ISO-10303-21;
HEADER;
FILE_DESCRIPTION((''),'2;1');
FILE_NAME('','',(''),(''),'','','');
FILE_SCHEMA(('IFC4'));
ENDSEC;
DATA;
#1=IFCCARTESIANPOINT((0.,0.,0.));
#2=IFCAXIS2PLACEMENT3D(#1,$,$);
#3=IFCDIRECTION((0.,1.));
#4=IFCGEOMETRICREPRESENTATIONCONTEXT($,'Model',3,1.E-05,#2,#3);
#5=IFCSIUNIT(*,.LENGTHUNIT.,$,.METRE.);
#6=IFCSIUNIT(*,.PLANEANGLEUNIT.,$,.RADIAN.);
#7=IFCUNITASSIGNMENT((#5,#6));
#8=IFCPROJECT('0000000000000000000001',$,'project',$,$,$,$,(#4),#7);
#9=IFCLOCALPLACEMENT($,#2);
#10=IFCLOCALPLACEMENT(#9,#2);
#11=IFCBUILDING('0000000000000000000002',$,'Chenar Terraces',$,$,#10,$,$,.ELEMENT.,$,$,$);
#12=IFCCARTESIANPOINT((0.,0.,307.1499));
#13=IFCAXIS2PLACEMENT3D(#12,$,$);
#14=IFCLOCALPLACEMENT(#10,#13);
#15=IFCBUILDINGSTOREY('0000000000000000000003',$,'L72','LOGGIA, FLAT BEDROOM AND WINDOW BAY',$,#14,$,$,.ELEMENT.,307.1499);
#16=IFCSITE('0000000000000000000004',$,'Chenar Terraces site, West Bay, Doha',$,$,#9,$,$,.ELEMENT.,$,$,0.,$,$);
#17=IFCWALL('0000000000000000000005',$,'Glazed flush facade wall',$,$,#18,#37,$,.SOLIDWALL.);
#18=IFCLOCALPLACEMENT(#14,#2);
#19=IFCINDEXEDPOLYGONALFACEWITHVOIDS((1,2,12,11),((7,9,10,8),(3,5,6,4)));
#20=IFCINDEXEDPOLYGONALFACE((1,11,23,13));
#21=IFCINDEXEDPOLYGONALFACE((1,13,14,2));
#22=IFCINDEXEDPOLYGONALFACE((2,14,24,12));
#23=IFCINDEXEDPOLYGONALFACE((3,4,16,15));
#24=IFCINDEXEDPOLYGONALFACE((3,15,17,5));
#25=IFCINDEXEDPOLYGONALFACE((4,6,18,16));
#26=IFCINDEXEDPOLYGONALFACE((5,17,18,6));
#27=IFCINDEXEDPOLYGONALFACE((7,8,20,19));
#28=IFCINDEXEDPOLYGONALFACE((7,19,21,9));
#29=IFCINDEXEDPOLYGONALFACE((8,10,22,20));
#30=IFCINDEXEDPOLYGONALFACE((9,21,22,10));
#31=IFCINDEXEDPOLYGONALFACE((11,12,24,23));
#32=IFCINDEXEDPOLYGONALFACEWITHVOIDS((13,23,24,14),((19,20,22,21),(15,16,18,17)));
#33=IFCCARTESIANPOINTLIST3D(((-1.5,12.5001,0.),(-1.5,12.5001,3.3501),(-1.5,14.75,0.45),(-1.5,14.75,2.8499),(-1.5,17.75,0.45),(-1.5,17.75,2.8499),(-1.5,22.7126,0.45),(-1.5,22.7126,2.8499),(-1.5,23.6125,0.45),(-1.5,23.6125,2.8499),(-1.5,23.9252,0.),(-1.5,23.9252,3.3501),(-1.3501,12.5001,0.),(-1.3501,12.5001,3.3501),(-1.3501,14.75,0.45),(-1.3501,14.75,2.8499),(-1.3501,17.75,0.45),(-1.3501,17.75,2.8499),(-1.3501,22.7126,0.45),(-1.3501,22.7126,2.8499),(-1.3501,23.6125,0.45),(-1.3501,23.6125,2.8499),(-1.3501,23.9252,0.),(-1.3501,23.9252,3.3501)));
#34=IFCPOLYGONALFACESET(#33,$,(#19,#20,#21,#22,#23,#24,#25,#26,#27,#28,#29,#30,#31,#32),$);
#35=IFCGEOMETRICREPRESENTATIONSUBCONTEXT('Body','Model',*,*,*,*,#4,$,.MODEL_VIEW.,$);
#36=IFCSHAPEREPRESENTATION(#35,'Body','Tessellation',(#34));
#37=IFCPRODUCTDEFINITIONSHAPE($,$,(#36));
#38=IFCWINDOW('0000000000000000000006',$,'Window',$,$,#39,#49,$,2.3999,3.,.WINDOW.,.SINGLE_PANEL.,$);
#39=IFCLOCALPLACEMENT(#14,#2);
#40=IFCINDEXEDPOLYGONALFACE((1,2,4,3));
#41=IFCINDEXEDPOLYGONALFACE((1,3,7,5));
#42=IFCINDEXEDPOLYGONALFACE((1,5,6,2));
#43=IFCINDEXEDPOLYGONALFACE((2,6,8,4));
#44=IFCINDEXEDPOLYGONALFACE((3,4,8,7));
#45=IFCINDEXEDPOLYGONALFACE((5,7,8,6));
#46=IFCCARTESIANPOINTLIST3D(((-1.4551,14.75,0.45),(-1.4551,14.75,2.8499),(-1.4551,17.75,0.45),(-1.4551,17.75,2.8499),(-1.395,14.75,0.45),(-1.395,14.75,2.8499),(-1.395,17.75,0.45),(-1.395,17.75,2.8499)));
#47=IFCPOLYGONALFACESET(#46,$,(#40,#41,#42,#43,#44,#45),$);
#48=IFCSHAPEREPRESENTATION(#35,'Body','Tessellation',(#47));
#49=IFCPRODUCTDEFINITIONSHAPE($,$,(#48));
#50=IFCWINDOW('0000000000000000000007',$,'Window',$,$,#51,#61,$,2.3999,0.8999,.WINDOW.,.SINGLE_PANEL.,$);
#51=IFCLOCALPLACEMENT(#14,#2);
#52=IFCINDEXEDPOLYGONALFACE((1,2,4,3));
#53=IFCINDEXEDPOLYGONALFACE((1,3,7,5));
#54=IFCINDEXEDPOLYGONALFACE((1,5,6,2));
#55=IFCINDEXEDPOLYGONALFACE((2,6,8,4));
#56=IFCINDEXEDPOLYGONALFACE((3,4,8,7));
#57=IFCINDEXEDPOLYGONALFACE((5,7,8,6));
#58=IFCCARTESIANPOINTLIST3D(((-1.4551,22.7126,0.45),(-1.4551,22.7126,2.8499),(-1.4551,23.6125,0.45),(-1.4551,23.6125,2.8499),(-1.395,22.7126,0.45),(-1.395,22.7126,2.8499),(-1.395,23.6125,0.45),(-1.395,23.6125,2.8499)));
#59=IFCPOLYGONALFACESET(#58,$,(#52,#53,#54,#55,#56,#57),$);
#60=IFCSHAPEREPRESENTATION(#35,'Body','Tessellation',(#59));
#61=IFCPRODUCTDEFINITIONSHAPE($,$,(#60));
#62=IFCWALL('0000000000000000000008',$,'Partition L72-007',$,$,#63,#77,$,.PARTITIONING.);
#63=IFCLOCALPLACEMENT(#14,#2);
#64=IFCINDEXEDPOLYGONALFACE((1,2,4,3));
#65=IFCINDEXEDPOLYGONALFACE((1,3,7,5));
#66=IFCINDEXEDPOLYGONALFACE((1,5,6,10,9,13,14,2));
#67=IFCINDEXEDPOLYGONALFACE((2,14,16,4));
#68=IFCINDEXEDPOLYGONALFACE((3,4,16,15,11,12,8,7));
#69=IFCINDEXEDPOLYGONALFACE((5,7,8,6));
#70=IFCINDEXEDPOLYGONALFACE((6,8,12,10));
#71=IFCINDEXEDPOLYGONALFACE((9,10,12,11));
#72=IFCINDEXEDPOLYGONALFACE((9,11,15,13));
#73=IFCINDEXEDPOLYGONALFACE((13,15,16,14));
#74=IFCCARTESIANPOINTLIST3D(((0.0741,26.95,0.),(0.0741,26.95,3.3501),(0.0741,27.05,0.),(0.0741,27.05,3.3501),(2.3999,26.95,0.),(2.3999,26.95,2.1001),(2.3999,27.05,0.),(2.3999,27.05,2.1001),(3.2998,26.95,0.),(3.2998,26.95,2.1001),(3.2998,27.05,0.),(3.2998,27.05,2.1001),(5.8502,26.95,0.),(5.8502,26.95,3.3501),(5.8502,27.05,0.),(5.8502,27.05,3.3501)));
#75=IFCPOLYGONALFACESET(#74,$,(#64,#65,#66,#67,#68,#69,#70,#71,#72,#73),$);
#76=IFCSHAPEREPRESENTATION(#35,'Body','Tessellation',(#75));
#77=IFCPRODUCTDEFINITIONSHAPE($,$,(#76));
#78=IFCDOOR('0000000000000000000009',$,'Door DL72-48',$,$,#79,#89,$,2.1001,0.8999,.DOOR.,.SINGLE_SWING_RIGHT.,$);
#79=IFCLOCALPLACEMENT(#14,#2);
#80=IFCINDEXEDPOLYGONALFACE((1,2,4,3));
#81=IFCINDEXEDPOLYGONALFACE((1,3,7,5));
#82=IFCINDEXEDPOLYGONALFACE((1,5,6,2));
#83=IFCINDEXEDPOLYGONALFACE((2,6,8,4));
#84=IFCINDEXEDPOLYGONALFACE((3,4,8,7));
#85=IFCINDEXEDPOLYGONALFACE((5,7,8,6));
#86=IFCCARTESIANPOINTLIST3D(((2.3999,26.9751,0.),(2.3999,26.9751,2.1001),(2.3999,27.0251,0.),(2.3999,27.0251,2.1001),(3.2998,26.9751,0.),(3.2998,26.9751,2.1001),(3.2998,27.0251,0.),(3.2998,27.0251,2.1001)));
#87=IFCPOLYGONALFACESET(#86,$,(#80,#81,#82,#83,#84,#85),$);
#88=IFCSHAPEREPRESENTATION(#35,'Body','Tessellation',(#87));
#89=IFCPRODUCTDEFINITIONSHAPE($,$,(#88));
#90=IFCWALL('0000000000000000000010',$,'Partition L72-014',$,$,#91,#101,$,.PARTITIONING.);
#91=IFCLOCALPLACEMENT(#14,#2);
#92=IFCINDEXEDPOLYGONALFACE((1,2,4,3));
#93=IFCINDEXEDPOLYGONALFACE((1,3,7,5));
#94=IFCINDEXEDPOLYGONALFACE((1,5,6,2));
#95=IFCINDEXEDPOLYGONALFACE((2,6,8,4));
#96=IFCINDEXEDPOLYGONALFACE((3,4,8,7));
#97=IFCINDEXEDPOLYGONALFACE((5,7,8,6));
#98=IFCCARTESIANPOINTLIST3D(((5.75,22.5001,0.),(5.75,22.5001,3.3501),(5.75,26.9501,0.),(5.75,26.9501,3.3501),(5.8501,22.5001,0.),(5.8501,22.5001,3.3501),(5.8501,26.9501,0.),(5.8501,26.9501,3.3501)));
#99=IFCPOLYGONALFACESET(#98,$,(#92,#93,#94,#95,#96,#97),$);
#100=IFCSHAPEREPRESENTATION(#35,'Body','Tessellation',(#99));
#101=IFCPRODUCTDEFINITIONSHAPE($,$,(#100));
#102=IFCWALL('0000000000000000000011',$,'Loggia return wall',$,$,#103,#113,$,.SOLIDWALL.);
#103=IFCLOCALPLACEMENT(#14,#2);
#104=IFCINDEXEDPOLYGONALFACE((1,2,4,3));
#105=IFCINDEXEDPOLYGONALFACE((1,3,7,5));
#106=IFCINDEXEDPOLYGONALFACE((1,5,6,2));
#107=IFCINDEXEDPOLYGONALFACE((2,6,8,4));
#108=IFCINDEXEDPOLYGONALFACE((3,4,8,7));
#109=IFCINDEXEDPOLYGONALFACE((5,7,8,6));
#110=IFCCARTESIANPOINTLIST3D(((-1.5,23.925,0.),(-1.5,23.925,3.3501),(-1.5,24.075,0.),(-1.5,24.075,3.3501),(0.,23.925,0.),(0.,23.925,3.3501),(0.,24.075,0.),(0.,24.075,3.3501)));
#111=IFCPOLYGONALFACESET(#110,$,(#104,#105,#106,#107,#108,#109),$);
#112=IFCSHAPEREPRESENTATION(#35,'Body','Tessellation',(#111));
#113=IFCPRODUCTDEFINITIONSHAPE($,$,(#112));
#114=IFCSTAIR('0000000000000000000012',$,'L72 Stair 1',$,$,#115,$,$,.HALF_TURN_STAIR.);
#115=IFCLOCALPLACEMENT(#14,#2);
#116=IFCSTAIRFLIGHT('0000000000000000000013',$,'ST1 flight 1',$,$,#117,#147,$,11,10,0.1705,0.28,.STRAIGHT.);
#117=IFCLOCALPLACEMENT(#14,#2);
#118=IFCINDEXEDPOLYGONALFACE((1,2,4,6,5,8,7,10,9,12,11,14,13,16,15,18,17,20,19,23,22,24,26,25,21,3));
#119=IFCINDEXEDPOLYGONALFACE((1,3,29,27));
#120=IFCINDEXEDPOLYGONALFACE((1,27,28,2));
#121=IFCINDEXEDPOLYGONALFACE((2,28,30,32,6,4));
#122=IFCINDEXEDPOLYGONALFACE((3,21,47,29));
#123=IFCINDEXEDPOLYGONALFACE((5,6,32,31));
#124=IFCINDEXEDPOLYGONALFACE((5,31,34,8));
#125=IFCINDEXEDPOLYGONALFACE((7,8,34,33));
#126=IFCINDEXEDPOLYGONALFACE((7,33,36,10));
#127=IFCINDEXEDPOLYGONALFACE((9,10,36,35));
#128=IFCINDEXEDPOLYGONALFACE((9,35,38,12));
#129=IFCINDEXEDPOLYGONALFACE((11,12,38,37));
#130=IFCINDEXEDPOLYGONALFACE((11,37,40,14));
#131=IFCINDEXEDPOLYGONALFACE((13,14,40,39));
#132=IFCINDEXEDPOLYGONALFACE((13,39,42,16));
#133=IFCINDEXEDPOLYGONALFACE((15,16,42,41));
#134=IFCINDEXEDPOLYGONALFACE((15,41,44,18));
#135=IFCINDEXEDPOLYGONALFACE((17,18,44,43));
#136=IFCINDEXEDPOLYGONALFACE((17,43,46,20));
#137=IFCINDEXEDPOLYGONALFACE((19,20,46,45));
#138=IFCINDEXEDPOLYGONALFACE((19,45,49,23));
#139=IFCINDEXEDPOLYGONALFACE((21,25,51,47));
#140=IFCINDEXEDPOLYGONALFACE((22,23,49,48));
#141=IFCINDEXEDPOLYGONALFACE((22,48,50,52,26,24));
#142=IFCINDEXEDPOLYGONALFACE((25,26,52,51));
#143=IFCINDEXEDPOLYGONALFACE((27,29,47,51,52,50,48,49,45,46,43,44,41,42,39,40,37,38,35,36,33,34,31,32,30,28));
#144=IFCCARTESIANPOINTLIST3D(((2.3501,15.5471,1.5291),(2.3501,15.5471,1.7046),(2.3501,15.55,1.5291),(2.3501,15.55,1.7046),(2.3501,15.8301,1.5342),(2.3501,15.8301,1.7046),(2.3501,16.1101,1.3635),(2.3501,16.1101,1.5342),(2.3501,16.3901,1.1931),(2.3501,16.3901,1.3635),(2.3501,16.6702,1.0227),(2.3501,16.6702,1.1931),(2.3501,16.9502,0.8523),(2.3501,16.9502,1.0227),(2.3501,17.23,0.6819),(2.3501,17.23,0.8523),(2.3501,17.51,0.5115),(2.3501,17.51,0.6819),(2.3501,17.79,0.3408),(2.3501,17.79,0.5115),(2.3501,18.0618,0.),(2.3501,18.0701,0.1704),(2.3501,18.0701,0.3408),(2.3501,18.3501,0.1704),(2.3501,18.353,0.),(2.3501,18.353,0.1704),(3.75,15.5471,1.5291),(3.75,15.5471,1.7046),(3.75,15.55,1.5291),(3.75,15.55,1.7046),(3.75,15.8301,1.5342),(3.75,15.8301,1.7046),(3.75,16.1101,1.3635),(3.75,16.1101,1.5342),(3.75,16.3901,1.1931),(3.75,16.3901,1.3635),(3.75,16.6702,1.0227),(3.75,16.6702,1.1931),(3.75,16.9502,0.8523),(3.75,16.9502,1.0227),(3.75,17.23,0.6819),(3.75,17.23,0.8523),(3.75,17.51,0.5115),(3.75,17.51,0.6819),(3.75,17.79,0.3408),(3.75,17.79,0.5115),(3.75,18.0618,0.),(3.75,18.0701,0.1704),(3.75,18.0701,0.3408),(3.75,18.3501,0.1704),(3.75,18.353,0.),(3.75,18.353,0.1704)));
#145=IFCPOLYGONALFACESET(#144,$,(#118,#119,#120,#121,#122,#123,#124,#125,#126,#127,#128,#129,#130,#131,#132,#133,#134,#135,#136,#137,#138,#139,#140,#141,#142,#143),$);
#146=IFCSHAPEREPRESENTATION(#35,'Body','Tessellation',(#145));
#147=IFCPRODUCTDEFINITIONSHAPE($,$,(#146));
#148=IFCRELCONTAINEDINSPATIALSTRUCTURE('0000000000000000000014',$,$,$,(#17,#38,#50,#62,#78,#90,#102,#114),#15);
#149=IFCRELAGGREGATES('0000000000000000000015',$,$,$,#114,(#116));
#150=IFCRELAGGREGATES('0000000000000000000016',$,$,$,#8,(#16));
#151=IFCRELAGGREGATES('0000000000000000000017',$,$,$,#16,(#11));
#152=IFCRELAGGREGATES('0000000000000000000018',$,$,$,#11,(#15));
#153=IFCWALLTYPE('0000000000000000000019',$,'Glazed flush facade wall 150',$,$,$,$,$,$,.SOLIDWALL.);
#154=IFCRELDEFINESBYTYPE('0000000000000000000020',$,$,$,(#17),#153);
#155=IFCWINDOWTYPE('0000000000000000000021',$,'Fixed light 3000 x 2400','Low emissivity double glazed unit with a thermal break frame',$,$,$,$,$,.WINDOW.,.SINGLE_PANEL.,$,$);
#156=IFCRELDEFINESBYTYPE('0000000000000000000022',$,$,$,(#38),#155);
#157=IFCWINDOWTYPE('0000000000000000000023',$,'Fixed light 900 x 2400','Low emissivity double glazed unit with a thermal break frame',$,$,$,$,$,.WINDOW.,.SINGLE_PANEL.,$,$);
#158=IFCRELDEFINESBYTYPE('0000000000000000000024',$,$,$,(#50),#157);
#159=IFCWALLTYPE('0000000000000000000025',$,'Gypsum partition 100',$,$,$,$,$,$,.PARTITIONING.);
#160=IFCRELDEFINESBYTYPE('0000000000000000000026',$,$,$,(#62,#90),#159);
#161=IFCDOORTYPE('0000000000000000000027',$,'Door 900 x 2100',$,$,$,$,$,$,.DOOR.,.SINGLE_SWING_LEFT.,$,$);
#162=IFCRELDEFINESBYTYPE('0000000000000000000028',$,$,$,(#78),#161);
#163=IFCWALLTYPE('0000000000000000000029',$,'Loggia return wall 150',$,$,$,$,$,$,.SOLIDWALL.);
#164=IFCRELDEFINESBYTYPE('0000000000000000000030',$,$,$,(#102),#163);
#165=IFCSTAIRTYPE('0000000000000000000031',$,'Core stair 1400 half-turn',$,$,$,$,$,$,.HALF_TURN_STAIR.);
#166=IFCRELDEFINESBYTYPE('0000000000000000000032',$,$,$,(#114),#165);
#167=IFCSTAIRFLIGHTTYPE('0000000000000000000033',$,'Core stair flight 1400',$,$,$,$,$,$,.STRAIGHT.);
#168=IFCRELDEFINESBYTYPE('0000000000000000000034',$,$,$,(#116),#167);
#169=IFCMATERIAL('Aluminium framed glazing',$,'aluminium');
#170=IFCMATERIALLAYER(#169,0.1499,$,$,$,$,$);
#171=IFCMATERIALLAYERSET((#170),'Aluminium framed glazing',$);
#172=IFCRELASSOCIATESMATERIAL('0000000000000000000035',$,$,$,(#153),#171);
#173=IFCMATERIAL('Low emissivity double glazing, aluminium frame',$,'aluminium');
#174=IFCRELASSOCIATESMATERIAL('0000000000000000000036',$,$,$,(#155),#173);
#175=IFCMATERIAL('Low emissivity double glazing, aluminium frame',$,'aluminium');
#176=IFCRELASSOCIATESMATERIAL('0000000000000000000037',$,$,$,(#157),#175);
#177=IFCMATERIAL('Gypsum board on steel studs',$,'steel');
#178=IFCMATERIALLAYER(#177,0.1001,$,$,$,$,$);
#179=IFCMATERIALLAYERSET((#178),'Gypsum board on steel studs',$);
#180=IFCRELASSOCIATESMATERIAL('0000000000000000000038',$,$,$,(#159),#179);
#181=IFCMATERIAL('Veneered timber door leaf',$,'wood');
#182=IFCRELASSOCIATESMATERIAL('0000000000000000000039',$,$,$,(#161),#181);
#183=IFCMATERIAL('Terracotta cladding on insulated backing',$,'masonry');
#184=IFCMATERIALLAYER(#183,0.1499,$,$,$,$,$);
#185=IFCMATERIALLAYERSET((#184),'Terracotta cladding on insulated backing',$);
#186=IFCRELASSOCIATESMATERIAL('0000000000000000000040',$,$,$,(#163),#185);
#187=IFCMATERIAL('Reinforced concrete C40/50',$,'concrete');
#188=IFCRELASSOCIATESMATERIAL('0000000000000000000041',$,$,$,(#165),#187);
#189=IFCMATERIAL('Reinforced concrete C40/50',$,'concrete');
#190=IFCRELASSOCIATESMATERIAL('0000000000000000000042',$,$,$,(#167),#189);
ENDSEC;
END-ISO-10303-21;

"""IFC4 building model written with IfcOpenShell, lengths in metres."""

from ifc_helpers import new_model, si_unit, direction, frame, frame_2d, origin, place, context, subcontext, project, spatial, polyline, rectangle, outline, extrude, material, layer, layer_set, type_object, element, fill, aggregate, save


model = new_model("IFC4")

# Units and contexts
model_context = context("Model", 3, precision=1e-05, world=origin(), true_north=direction((0.0, 1.0)))
body_context = subcontext(model_context, "Body", "Model", "MODEL_VIEW")
ifc_project = project(units=[si_unit("LENGTHUNIT", "METRE"), si_unit("PLANEANGLEUNIT", "RADIAN")], contexts=[model_context])

# Site, building, storey
site_placement = place(None, origin())
site = spatial("IfcSite", under=ifc_project, at=site_placement, Name="Chenar Terraces site, West Bay, Doha", CompositionType="ELEMENT", RefElevation=0.0)
building_placement = place(site_placement, origin())
building = spatial("IfcBuilding", under=site, at=building_placement, Name="Chenar Terraces", CompositionType="ELEMENT")
storey_placement = place(building_placement, frame((0.0, 0.0, 307.1499)))
storey = spatial("IfcBuildingStorey", under=building, at=storey_placement, Name="L72", Description="LOGGIA, FLAT BEDROOM AND WINDOW BAY", CompositionType="ELEMENT", Elevation=307.1499)

# Wall, openings, windows
ifc_material_1 = material(Name="Aluminium framed glazing", Category="aluminium")
ifc_layer_1 = layer(ifc_material_1, 0.1499)
ifc_layer_set_1 = layer_set([ifc_layer_1], Name="Aluminium framed glazing")
wall_type_1 = type_object("IfcWallType", Name="Glazed flush facade wall 150", PredefinedType="SOLIDWALL", material=ifc_layer_set_1)
wall_1_placement = place(storey_placement, frame((-1.425, 23.925, 0.0), z_axis=(0.0, 0.0, 1.0), x_axis=(0.0, -1.0, 0.0)))
wall_1 = element("IfcWall", 1, at=wall_1_placement, inside=storey, type_object=wall_type_1, Name="Glazed flush facade wall", PredefinedType="SOLIDWALL", context=body_context, shape_type="SweptSolid", body=[
    extrude(rectangle(XDim=11.425, YDim=0.1499, at=frame_2d((5.7124, 0.0))), origin(), (0.0, 0.0, 1.0), 3.3501),
])
opening_1_placement = place(wall_1_placement, frame((0.3125, 0.0, 0.45)))
opening_1 = element("IfcOpeningElement", 2, at=opening_1_placement, cuts=wall_1, PredefinedType="OPENING", context=body_context, shape_type="SweptSolid", body=[
    extrude(rectangle(XDim=0.8999, YDim=2.3999, at=frame_2d((0.45, 1.2))), frame((0.0, 0.085, 0.0), z_axis=(0.0, -1.0, 0.0), x_axis=(1.0, 0.0, 0.0)), (0.0, 0.0, 1.0), 0.1699),
])
opening_2_placement = place(wall_1_placement, frame((6.175, 0.0, 0.45)))
opening_2 = element("IfcOpeningElement", 3, at=opening_2_placement, cuts=wall_1, PredefinedType="OPENING", context=body_context, shape_type="SweptSolid", body=[
    extrude(rectangle(XDim=3.0, YDim=2.3999, at=frame_2d((1.5, 1.2))), frame((0.0, 0.085, 0.0), z_axis=(0.0, -1.0, 0.0), x_axis=(1.0, 0.0, 0.0)), (0.0, 0.0, 1.0), 0.1699),
])
ifc_material_2 = material(Name="Low emissivity double glazing, aluminium frame", Category="aluminium")
window_type_1 = type_object("IfcWindowType", Name="Fixed light 3000 x 2400", Description="Low emissivity double glazed unit with a thermal break frame", PartitioningType="SINGLE_PANEL", PredefinedType="WINDOW", material=ifc_material_2)
window_1_placement = place(opening_2_placement, origin())
window_1 = element("IfcWindow", 4, at=window_1_placement, inside=storey, type_object=window_type_1, Name="Window", OverallHeight=2.3999, OverallWidth=3.0, PartitioningType="SINGLE_PANEL", PredefinedType="WINDOW", context=body_context, shape_type="SweptSolid", body=[
    extrude(rectangle(XDim=3.0, YDim=2.3999, at=frame_2d((1.5, 1.2))), frame((0.0, 0.03, 0.0), z_axis=(0.0, -1.0, 0.0), x_axis=(1.0, 0.0, 0.0)), (0.0, 0.0, 1.0), 0.0601),
])
fill(opening_2, window_1)
ifc_material_3 = material(Name="Low emissivity double glazing, aluminium frame", Category="aluminium")
window_type_2 = type_object("IfcWindowType", Name="Fixed light 900 x 2400", Description="Low emissivity double glazed unit with a thermal break frame", PartitioningType="SINGLE_PANEL", PredefinedType="WINDOW", material=ifc_material_3)
window_2_placement = place(opening_1_placement, origin())
window_2 = element("IfcWindow", 5, at=window_2_placement, inside=storey, type_object=window_type_2, Name="Window", OverallHeight=2.3999, OverallWidth=0.8999, PartitioningType="SINGLE_PANEL", PredefinedType="WINDOW", context=body_context, shape_type="SweptSolid", body=[
    extrude(rectangle(XDim=0.8999, YDim=2.3999, at=frame_2d((0.45, 1.2))), frame((0.0, 0.03, 0.0), z_axis=(0.0, -1.0, 0.0), x_axis=(1.0, 0.0, 0.0)), (0.0, 0.0, 1.0), 0.0601),
])
fill(opening_1, window_2)

# Wall, opening, door
ifc_material_4 = material(Name="Gypsum board on steel studs", Category="steel")
ifc_layer_2 = layer(ifc_material_4, 0.1001)
ifc_layer_set_2 = layer_set([ifc_layer_2], Name="Gypsum board on steel studs")
wall_type_2 = type_object("IfcWallType", Name="Gypsum partition 100", PredefinedType="PARTITIONING", material=ifc_layer_set_2)
wall_2_placement = place(storey_placement, frame((0.074, 27.0, 0.0), z_axis=(0.0, 0.0, 1.0), x_axis=(1.0, 0.0, 0.0)))
wall_2 = element("IfcWall", 6, at=wall_2_placement, inside=storey, type_object=wall_type_2, Name="Partition L72-007", PredefinedType="PARTITIONING", context=body_context, shape_type="SweptSolid", body=[
    extrude(rectangle(XDim=5.7761, YDim=0.1001, at=frame_2d((2.8882, 0.0))), origin(), (0.0, 0.0, 1.0), 3.3501),
])
opening_3_placement = place(wall_2_placement, frame((2.3259, 0.0, 0.0)))
opening_3 = element("IfcOpeningElement", 7, at=opening_3_placement, cuts=wall_2, PredefinedType="OPENING", context=body_context, shape_type="SweptSolid", body=[
    extrude(rectangle(XDim=0.8999, YDim=2.1001, at=frame_2d((0.45, 1.05))), frame((0.0, 0.0601, 0.0), z_axis=(0.0, -1.0, 0.0), x_axis=(1.0, 0.0, 0.0)), (0.0, 0.0, 1.0), 0.1201),
])
ifc_material_5 = material(Name="Veneered timber door leaf", Category="wood")
door_type_1 = type_object("IfcDoorType", Name="Door 900 x 2100", OperationType="SINGLE_SWING_LEFT", PredefinedType="DOOR", material=ifc_material_5)
door_1_placement = place(opening_3_placement, frame((0.8999, 0.0, 0.0), z_axis=(0.0, 0.0, 1.0), x_axis=(-1.0, 0.0, 0.0)))
door_1 = element("IfcDoor", 8, at=door_1_placement, inside=storey, type_object=door_type_1, Name="Door DL72-48", OperationType="SINGLE_SWING_RIGHT", OverallHeight=2.1001, OverallWidth=0.8999, PredefinedType="DOOR", context=body_context, shape_type="SweptSolid", body=[
    extrude(rectangle(XDim=0.8999, YDim=2.1001, at=frame_2d((0.45, 1.05))), frame((0.0, 0.0249, 0.0), z_axis=(0.0, -1.0, 0.0), x_axis=(1.0, 0.0, 0.0)), (0.0, 0.0, 1.0), 0.05),
])
fill(opening_3, door_1)

# Walls
wall_3_placement = place(storey_placement, frame((5.8, 22.5, 0.0), z_axis=(0.0, 0.0, 1.0), x_axis=(0.0, 1.0, 0.0)))
element("IfcWall", 9, at=wall_3_placement, inside=storey, type_object=wall_type_2, Name="Partition L72-014", PredefinedType="PARTITIONING", context=body_context, shape_type="SweptSolid", body=[
    extrude(rectangle(XDim=4.45, YDim=0.1001, at=frame_2d((2.2251, 0.0))), origin(), (0.0, 0.0, 1.0), 3.3501),
])
ifc_material_6 = material(Name="Terracotta cladding on insulated backing", Category="masonry")
ifc_layer_3 = layer(ifc_material_6, 0.1499)
ifc_layer_set_3 = layer_set([ifc_layer_3], Name="Terracotta cladding on insulated backing")
wall_type_3 = type_object("IfcWallType", Name="Loggia return wall 150", PredefinedType="SOLIDWALL", material=ifc_layer_set_3)
wall_4_placement = place(storey_placement, frame((-1.5, 24.0, 0.0), z_axis=(0.0, 0.0, 1.0), x_axis=(1.0, 0.0, 0.0)))
element("IfcWall", 10, at=wall_4_placement, inside=storey, type_object=wall_type_3, Name="Loggia return wall", PredefinedType="SOLIDWALL", context=body_context, shape_type="SweptSolid", body=[
    extrude(rectangle(XDim=1.5, YDim=0.1499, at=frame_2d((0.75, 0.0))), origin(), (0.0, 0.0, 1.0), 3.3501),
])

# Stair, stair flight
ifc_material_7 = material(Name="Reinforced concrete C40/50", Category="concrete")
stair_type = type_object("IfcStairType", Name="Core stair 1400 half-turn", PredefinedType="HALF_TURN_STAIR", material=ifc_material_7)
stair_placement = place(storey_placement, origin())
stair = element("IfcStair", 11, at=stair_placement, inside=storey, type_object=stair_type, Name="L72 Stair 1", PredefinedType="HALF_TURN_STAIR")
ifc_material_8 = material(Name="Reinforced concrete C40/50", Category="concrete")
stair_flight_type = type_object("IfcStairFlightType", Name="Core stair flight 1400", PredefinedType="STRAIGHT", material=ifc_material_8)
stair_flight_1_placement = place(storey_placement, frame((3.05, 18.3501, 0.0), z_axis=(0.0, 0.0, 1.0), x_axis=(0.0, -1.0, 0.0)))
stair_flight_1 = element("IfcStairFlight", 12, at=stair_flight_1_placement, type_object=stair_flight_type, Name="ST1 flight 1", NumberOfRisers=11, NumberOfTreads=10, PredefinedType="STRAIGHT", RiserHeight=0.1705, TreadLength=0.28, context=body_context, shape_type="SweptSolid", body=[
    extrude(outline(polyline([(-0.0029, 0.0), (-0.0029, 0.1704), (0.0, 0.1704), (0.28, 0.1704), (0.28, 0.3408), (0.5601, 0.3408), (0.5601, 0.5115), (0.8401, 0.5115), (0.8401, 0.6819), (1.1201, 0.6819), (1.1201, 0.8523), (1.3999, 0.8523), (1.3999, 1.0227), (1.6799, 1.0227), (1.6799, 1.1931), (1.96, 1.1931), (1.96, 1.3635), (2.24, 1.3635), (2.24, 1.5342), (2.52, 1.5342), (2.52, 1.7046), (2.8, 1.7046), (2.803, 1.7046), (2.803, 1.5291), (2.8, 1.5291), (0.2883, 0.0), (-0.0029, 0.0)])), frame((0.0, 0.7, 0.0), z_axis=(0.0, -1.0, 0.0), x_axis=(1.0, 0.0, 0.0)), (0.0, 0.0, 1.0), 1.3999),
])
aggregate(stair, [stair_flight_1])

save(model, "model.ifc")
